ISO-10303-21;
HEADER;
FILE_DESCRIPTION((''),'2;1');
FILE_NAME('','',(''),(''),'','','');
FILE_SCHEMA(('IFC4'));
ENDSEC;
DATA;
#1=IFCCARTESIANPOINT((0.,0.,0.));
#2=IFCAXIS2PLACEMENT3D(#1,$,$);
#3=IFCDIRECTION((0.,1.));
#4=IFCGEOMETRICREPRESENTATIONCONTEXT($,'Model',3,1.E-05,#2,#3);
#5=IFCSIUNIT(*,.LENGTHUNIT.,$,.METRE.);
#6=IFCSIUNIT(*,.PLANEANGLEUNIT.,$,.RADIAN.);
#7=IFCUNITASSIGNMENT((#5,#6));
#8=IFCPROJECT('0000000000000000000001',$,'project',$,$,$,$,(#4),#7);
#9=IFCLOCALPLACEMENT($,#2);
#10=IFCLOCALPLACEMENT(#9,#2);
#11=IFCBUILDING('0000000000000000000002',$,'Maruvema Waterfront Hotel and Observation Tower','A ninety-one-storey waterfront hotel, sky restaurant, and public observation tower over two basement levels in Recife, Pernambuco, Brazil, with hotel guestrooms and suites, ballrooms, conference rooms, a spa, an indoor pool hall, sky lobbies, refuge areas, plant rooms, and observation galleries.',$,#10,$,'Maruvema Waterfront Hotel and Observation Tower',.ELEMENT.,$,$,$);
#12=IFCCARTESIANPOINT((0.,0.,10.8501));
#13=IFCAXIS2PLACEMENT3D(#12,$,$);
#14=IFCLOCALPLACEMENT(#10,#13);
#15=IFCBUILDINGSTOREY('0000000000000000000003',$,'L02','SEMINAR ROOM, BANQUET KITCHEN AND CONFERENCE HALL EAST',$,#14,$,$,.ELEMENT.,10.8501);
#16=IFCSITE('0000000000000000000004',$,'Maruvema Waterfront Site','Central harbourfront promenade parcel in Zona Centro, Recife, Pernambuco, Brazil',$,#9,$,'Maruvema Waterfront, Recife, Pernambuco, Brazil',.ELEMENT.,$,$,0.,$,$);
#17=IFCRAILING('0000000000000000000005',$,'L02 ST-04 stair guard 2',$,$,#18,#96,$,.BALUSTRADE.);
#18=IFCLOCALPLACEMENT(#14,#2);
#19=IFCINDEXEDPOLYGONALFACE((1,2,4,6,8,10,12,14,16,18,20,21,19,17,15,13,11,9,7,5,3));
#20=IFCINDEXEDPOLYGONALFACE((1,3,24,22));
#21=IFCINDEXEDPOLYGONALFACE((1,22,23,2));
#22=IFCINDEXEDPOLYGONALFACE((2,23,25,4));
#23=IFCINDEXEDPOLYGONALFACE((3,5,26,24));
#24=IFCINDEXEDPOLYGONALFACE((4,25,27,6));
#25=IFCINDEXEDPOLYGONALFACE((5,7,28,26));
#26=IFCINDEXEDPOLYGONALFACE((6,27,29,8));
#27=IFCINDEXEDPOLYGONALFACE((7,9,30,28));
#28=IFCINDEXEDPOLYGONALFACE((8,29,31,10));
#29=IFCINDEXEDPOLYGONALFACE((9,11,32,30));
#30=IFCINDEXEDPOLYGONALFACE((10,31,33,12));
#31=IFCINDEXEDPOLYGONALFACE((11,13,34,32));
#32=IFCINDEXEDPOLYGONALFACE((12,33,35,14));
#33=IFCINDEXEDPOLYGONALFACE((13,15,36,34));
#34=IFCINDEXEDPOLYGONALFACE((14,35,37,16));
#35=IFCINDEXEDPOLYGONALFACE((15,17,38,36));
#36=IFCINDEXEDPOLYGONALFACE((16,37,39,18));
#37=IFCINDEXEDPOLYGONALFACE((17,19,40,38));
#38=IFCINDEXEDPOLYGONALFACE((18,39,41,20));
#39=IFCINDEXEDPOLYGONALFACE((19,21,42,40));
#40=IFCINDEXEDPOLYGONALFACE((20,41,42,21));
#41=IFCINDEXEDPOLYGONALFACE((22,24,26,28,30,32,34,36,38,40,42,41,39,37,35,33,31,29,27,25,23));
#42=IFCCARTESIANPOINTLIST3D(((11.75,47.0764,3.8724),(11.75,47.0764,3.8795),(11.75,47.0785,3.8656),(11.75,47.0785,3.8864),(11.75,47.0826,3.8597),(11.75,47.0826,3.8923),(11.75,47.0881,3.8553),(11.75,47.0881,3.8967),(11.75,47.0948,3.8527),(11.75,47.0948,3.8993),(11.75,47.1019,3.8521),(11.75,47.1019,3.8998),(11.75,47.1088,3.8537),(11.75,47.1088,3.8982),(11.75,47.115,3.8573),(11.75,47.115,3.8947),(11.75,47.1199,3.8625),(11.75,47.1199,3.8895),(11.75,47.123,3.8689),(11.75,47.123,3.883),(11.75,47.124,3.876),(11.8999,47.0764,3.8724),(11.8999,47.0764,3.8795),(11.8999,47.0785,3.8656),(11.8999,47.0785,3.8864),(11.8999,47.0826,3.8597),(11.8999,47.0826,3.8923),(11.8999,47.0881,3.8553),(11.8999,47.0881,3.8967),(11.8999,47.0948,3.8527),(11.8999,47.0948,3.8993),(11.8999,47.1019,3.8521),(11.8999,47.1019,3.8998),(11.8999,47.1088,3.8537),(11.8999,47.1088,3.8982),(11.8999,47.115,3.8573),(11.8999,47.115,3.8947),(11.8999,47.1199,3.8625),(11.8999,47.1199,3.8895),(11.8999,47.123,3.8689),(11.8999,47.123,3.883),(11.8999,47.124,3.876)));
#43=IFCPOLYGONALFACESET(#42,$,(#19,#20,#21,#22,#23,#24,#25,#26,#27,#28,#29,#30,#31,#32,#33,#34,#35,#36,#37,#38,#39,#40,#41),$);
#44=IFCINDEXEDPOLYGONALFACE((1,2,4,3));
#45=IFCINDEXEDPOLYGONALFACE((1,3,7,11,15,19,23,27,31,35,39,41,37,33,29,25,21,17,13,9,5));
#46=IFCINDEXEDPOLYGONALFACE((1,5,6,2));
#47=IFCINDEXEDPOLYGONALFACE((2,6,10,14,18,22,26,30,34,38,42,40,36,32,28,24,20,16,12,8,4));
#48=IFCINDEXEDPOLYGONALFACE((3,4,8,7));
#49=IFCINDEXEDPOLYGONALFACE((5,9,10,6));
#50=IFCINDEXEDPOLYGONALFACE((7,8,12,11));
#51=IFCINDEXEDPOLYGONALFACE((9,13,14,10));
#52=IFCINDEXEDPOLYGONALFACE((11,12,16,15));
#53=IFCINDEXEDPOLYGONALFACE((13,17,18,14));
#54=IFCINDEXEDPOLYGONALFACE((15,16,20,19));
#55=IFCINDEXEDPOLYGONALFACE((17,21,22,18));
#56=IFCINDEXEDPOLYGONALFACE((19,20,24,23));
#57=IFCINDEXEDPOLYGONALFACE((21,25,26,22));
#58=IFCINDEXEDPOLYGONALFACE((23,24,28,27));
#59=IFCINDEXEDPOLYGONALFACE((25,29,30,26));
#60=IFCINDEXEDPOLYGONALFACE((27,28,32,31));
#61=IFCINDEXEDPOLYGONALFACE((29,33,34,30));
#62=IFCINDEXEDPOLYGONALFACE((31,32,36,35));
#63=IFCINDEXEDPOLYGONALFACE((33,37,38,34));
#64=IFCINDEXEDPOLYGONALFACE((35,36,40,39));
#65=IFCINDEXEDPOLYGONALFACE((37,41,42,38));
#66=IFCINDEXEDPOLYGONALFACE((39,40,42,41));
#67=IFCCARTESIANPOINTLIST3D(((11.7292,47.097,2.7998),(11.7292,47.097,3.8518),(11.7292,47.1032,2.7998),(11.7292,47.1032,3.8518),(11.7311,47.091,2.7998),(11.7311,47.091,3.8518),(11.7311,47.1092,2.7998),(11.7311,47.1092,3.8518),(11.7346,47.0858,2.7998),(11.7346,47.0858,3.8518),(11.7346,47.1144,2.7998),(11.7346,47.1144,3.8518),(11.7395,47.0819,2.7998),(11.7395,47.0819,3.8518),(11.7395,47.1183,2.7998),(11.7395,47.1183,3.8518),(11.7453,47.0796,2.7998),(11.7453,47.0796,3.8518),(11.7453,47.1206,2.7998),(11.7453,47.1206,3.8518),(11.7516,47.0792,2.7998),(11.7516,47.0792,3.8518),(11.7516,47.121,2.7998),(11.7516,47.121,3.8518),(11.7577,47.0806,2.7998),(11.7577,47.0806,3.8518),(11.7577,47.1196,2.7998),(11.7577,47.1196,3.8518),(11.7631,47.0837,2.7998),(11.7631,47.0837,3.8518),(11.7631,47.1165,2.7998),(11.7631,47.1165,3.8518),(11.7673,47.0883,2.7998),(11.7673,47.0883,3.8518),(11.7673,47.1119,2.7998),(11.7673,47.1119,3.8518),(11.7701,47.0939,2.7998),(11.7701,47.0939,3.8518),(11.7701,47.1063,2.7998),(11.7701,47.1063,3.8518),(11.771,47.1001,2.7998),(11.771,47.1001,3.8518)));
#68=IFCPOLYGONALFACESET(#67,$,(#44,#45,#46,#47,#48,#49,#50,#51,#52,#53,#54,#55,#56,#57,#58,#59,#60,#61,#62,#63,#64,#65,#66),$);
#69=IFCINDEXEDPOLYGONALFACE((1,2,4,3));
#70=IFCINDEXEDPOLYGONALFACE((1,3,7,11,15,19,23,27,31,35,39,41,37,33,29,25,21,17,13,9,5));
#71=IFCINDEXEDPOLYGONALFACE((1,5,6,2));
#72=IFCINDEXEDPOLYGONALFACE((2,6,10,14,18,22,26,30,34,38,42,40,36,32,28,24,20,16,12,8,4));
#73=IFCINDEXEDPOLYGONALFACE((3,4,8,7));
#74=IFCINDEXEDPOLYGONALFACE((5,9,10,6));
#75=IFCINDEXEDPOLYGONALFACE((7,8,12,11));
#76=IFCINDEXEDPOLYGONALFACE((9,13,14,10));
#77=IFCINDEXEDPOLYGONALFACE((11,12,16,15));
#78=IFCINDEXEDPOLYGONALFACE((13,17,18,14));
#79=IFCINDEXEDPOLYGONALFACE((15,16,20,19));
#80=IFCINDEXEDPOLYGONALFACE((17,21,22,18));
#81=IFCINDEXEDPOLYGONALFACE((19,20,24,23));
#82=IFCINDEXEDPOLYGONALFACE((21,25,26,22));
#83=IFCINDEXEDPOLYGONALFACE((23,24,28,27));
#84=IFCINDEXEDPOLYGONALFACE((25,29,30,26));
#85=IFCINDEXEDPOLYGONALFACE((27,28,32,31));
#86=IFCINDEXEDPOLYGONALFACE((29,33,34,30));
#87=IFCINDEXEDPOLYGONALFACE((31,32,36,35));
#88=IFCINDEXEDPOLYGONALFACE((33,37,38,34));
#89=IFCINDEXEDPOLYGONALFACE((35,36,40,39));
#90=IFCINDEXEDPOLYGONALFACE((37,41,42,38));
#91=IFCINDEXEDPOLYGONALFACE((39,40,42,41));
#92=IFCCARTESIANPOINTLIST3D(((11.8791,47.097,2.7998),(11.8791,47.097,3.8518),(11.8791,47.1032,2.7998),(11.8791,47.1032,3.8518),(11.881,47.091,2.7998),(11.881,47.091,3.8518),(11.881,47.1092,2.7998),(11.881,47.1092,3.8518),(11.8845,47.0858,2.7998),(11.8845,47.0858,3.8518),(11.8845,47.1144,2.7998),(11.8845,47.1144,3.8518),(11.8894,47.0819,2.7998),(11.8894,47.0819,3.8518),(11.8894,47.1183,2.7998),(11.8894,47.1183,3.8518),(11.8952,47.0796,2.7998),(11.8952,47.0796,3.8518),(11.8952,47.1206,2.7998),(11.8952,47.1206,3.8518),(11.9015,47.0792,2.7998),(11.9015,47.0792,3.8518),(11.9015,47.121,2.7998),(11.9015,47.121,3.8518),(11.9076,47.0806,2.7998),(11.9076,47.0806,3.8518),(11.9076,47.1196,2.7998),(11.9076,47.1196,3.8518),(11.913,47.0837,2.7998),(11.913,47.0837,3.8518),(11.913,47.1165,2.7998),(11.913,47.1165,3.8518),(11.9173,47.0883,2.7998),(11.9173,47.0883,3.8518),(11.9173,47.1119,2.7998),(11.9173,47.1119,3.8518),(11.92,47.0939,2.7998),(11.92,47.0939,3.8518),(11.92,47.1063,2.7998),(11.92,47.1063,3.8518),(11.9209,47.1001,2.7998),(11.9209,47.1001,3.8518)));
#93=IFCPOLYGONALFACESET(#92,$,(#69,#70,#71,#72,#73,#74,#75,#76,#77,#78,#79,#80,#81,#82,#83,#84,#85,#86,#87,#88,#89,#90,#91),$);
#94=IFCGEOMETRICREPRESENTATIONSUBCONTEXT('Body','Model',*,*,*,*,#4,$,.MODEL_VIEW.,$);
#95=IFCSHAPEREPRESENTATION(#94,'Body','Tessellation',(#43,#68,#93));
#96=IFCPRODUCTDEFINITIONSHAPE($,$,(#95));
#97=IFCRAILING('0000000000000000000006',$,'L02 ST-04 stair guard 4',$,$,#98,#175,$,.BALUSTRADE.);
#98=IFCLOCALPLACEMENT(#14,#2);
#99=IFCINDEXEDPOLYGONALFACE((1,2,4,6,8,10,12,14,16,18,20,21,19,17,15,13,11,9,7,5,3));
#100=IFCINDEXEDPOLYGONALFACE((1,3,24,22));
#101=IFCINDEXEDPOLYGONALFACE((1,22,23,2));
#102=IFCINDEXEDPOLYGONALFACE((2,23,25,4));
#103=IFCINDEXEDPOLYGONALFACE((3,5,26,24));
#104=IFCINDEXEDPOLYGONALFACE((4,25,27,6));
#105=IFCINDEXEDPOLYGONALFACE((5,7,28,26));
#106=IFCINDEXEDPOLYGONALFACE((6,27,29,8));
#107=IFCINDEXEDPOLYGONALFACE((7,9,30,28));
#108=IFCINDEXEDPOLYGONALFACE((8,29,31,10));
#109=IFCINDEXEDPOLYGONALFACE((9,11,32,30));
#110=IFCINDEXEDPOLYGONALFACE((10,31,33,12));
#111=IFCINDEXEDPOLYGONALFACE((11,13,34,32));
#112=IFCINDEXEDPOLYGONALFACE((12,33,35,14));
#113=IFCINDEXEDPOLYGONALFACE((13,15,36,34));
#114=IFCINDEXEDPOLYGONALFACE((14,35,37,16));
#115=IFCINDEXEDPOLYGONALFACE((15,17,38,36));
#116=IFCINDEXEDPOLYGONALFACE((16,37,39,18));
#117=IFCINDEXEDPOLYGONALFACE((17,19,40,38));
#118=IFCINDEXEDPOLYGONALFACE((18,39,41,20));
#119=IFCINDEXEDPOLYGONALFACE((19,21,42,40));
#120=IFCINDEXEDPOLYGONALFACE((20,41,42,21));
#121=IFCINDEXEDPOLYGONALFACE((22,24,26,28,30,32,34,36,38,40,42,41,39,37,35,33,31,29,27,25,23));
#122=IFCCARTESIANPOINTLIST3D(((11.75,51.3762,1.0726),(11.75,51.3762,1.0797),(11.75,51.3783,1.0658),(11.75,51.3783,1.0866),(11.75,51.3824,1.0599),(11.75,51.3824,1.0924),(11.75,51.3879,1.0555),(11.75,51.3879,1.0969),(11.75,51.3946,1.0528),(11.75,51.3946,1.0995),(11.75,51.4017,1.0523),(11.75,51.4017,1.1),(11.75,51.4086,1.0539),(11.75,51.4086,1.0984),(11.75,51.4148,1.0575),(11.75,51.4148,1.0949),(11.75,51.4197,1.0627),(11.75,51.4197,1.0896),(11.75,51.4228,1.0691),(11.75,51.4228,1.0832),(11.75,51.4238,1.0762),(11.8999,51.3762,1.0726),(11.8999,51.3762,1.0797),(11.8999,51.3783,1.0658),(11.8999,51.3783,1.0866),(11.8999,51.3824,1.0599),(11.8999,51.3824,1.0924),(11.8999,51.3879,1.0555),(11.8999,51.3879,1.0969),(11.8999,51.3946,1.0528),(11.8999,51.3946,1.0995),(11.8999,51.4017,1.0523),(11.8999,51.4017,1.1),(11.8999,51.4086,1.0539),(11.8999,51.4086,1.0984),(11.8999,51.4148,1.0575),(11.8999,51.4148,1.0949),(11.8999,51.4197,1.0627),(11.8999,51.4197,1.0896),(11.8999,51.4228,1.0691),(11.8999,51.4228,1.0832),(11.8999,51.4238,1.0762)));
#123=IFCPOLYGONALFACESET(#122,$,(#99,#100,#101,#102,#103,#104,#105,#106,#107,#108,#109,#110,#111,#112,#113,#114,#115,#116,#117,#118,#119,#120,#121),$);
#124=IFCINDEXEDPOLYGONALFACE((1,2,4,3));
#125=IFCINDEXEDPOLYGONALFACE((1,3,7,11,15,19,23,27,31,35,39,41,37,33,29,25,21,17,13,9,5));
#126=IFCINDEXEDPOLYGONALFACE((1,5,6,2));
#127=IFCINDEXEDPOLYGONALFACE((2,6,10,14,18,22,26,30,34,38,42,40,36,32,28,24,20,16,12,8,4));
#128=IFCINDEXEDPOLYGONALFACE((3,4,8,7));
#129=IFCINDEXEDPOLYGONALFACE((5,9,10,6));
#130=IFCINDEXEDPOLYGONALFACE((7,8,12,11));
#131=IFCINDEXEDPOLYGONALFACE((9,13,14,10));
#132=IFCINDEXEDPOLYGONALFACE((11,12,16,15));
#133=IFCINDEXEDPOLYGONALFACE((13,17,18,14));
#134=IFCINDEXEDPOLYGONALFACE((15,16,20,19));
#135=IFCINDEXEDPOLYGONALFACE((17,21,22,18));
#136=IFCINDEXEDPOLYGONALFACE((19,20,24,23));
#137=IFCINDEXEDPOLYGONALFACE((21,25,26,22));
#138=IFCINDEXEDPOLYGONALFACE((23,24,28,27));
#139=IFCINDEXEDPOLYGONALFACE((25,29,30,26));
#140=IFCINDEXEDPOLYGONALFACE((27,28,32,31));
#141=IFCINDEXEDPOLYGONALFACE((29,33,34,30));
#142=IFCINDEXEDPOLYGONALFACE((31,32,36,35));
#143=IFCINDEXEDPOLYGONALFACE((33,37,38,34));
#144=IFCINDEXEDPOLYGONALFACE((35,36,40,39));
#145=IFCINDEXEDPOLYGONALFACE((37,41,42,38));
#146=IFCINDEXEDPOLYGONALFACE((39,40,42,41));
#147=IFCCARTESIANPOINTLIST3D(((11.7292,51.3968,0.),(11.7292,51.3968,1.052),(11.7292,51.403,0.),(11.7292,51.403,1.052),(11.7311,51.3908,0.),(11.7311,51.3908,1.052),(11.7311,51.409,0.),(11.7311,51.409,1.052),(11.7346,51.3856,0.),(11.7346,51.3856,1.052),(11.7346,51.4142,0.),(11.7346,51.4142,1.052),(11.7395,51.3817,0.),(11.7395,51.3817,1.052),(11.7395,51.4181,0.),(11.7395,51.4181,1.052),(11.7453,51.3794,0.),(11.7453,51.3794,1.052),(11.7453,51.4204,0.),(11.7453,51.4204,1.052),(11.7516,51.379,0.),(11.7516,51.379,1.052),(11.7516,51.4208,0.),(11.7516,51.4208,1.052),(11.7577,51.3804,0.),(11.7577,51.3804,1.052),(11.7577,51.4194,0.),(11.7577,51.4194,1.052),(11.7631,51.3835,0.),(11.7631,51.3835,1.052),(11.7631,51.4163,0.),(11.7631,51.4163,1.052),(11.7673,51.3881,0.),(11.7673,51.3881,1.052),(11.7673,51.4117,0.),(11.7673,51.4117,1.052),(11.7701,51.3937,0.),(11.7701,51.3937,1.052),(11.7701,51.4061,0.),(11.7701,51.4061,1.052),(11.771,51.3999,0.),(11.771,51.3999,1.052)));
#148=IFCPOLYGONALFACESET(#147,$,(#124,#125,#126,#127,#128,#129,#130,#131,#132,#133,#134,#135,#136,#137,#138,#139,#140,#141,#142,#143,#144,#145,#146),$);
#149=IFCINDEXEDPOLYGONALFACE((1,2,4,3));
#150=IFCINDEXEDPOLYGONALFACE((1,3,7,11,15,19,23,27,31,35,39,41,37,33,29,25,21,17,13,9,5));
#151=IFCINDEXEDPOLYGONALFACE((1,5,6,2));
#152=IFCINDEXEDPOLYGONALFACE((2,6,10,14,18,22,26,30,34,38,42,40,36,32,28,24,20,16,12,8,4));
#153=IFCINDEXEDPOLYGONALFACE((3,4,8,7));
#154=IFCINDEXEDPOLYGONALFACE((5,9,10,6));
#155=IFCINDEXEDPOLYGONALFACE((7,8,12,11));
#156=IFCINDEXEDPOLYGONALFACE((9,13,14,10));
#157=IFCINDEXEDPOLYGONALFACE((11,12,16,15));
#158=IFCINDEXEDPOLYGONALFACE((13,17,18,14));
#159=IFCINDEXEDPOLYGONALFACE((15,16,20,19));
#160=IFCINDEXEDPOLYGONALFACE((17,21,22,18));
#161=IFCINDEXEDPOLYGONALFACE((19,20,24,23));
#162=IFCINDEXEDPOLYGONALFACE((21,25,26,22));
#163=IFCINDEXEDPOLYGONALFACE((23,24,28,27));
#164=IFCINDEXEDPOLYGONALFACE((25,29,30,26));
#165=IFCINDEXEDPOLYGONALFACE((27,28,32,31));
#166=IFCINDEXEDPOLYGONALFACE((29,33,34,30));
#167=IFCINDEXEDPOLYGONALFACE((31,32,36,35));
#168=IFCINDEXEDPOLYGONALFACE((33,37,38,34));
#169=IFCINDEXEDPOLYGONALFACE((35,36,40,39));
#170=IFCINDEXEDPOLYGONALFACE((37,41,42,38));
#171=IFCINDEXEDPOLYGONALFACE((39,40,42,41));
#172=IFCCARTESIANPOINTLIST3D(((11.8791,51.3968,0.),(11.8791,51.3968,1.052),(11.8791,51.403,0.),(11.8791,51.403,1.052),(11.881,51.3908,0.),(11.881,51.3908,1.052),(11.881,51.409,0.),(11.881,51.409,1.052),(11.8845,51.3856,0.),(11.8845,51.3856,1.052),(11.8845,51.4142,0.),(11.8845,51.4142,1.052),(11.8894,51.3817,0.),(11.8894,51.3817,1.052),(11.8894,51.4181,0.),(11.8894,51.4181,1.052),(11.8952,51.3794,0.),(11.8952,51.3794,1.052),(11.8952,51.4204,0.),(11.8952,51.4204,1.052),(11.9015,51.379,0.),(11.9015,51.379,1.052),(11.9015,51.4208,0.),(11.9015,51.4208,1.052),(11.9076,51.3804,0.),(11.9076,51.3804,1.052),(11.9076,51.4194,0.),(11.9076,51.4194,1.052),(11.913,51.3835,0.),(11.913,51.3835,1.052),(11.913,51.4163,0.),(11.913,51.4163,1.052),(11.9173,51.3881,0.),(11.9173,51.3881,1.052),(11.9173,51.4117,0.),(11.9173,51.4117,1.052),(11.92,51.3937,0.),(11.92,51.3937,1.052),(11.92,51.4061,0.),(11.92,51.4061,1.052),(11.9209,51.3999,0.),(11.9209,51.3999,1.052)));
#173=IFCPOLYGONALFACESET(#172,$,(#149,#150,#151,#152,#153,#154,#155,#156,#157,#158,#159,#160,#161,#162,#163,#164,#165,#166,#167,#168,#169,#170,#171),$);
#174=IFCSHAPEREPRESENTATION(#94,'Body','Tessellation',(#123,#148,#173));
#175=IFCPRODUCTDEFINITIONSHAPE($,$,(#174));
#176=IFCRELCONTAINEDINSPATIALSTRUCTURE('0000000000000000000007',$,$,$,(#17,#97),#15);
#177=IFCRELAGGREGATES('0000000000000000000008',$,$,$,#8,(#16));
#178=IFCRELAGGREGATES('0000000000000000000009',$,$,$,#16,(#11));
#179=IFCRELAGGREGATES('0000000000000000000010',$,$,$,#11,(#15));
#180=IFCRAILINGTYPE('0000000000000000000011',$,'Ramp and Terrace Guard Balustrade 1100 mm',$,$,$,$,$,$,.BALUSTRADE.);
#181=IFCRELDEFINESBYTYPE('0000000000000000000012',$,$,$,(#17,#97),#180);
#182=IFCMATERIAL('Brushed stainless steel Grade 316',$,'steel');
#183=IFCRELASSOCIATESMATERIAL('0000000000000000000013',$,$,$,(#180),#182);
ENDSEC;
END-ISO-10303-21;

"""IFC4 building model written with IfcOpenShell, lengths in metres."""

from ifc_helpers import new_model, si_unit, direction, frame, origin, origin_2d, place, context, subcontext, project, spatial, circle, extrude, material, type_object, element, save


model = new_model("IFC4")

# Units and contexts
model_context = context("Model", 3, precision=1e-05, world=origin(), true_north=direction((0.0, 1.0)))
body_context = subcontext(model_context, "Body", "Model", "MODEL_VIEW")
ifc_project = project(units=[si_unit("LENGTHUNIT", "METRE"), si_unit("PLANEANGLEUNIT", "RADIAN")], contexts=[model_context])

# Site, building, storey
site_placement = place(None, origin())
site = spatial("IfcSite", under=ifc_project, at=site_placement, Name="Maruvema Waterfront Site", Description="Central harbourfront promenade parcel in Zona Centro, Recife, Pernambuco, Brazil", LongName="Maruvema Waterfront, Recife, Pernambuco, Brazil", CompositionType="ELEMENT", RefElevation=0.0)
building_placement = place(site_placement, origin())
building = spatial("IfcBuilding", under=site, at=building_placement, Name="Maruvema Waterfront Hotel and Observation Tower", Description="A ninety-one-storey waterfront hotel, sky restaurant, and public observation tower over two basement levels in Recife, Pernambuco, Brazil, with hotel guestrooms and suites, ballrooms, conference rooms, a spa, an indoor pool hall, sky lobbies, refuge areas, plant rooms, and observation galleries.", LongName="Maruvema Waterfront Hotel and Observation Tower", CompositionType="ELEMENT")
storey_placement = place(building_placement, frame((0.0, 0.0, 10.8501)))
storey = spatial("IfcBuildingStorey", under=building, at=storey_placement, Name="L02", Description="SEMINAR ROOM, BANQUET KITCHEN AND CONFERENCE HALL EAST", CompositionType="ELEMENT", Elevation=10.8501)

# Railings
ifc_material_1 = material(Name="Brushed stainless steel Grade 316", Category="steel")
railing_type_1 = type_object("IfcRailingType", Name="Ramp and Terrace Guard Balustrade 1100 mm", PredefinedType="BALUSTRADE", material=ifc_material_1)
for number, where, name in (
    (1, (11.75, 47.1001, 2.7998), "L02 ST-04 stair guard 2"),
    (2, (11.75, 51.3999, 0.0), "L02 ST-04 stair guard 4"),
):
    element("IfcRailing", number, at=place(storey_placement, frame(where)), inside=storey, type_object=railing_type_1, Name=name, PredefinedType="BALUSTRADE", context=body_context, shape_type="SweptSolid", body=[
        extrude(circle(Radius=0.0239, at=origin_2d()), frame((0.0, 0.0, 1.0762), z_axis=(1.0, 0.0, 0.0), x_axis=(0.0, 1.0, 0.0)), (0.0, 0.0, 1.0), 0.1499),
        extrude(circle(Radius=0.021, at=origin_2d()), origin(), (0.0, 0.0, 1.0), 1.052),
        extrude(circle(Radius=0.021, at=origin_2d()), frame((0.1499, 0.0, 0.0)), (0.0, 0.0, 1.0), 1.052),
    ])

save(model, "model.ifc")
